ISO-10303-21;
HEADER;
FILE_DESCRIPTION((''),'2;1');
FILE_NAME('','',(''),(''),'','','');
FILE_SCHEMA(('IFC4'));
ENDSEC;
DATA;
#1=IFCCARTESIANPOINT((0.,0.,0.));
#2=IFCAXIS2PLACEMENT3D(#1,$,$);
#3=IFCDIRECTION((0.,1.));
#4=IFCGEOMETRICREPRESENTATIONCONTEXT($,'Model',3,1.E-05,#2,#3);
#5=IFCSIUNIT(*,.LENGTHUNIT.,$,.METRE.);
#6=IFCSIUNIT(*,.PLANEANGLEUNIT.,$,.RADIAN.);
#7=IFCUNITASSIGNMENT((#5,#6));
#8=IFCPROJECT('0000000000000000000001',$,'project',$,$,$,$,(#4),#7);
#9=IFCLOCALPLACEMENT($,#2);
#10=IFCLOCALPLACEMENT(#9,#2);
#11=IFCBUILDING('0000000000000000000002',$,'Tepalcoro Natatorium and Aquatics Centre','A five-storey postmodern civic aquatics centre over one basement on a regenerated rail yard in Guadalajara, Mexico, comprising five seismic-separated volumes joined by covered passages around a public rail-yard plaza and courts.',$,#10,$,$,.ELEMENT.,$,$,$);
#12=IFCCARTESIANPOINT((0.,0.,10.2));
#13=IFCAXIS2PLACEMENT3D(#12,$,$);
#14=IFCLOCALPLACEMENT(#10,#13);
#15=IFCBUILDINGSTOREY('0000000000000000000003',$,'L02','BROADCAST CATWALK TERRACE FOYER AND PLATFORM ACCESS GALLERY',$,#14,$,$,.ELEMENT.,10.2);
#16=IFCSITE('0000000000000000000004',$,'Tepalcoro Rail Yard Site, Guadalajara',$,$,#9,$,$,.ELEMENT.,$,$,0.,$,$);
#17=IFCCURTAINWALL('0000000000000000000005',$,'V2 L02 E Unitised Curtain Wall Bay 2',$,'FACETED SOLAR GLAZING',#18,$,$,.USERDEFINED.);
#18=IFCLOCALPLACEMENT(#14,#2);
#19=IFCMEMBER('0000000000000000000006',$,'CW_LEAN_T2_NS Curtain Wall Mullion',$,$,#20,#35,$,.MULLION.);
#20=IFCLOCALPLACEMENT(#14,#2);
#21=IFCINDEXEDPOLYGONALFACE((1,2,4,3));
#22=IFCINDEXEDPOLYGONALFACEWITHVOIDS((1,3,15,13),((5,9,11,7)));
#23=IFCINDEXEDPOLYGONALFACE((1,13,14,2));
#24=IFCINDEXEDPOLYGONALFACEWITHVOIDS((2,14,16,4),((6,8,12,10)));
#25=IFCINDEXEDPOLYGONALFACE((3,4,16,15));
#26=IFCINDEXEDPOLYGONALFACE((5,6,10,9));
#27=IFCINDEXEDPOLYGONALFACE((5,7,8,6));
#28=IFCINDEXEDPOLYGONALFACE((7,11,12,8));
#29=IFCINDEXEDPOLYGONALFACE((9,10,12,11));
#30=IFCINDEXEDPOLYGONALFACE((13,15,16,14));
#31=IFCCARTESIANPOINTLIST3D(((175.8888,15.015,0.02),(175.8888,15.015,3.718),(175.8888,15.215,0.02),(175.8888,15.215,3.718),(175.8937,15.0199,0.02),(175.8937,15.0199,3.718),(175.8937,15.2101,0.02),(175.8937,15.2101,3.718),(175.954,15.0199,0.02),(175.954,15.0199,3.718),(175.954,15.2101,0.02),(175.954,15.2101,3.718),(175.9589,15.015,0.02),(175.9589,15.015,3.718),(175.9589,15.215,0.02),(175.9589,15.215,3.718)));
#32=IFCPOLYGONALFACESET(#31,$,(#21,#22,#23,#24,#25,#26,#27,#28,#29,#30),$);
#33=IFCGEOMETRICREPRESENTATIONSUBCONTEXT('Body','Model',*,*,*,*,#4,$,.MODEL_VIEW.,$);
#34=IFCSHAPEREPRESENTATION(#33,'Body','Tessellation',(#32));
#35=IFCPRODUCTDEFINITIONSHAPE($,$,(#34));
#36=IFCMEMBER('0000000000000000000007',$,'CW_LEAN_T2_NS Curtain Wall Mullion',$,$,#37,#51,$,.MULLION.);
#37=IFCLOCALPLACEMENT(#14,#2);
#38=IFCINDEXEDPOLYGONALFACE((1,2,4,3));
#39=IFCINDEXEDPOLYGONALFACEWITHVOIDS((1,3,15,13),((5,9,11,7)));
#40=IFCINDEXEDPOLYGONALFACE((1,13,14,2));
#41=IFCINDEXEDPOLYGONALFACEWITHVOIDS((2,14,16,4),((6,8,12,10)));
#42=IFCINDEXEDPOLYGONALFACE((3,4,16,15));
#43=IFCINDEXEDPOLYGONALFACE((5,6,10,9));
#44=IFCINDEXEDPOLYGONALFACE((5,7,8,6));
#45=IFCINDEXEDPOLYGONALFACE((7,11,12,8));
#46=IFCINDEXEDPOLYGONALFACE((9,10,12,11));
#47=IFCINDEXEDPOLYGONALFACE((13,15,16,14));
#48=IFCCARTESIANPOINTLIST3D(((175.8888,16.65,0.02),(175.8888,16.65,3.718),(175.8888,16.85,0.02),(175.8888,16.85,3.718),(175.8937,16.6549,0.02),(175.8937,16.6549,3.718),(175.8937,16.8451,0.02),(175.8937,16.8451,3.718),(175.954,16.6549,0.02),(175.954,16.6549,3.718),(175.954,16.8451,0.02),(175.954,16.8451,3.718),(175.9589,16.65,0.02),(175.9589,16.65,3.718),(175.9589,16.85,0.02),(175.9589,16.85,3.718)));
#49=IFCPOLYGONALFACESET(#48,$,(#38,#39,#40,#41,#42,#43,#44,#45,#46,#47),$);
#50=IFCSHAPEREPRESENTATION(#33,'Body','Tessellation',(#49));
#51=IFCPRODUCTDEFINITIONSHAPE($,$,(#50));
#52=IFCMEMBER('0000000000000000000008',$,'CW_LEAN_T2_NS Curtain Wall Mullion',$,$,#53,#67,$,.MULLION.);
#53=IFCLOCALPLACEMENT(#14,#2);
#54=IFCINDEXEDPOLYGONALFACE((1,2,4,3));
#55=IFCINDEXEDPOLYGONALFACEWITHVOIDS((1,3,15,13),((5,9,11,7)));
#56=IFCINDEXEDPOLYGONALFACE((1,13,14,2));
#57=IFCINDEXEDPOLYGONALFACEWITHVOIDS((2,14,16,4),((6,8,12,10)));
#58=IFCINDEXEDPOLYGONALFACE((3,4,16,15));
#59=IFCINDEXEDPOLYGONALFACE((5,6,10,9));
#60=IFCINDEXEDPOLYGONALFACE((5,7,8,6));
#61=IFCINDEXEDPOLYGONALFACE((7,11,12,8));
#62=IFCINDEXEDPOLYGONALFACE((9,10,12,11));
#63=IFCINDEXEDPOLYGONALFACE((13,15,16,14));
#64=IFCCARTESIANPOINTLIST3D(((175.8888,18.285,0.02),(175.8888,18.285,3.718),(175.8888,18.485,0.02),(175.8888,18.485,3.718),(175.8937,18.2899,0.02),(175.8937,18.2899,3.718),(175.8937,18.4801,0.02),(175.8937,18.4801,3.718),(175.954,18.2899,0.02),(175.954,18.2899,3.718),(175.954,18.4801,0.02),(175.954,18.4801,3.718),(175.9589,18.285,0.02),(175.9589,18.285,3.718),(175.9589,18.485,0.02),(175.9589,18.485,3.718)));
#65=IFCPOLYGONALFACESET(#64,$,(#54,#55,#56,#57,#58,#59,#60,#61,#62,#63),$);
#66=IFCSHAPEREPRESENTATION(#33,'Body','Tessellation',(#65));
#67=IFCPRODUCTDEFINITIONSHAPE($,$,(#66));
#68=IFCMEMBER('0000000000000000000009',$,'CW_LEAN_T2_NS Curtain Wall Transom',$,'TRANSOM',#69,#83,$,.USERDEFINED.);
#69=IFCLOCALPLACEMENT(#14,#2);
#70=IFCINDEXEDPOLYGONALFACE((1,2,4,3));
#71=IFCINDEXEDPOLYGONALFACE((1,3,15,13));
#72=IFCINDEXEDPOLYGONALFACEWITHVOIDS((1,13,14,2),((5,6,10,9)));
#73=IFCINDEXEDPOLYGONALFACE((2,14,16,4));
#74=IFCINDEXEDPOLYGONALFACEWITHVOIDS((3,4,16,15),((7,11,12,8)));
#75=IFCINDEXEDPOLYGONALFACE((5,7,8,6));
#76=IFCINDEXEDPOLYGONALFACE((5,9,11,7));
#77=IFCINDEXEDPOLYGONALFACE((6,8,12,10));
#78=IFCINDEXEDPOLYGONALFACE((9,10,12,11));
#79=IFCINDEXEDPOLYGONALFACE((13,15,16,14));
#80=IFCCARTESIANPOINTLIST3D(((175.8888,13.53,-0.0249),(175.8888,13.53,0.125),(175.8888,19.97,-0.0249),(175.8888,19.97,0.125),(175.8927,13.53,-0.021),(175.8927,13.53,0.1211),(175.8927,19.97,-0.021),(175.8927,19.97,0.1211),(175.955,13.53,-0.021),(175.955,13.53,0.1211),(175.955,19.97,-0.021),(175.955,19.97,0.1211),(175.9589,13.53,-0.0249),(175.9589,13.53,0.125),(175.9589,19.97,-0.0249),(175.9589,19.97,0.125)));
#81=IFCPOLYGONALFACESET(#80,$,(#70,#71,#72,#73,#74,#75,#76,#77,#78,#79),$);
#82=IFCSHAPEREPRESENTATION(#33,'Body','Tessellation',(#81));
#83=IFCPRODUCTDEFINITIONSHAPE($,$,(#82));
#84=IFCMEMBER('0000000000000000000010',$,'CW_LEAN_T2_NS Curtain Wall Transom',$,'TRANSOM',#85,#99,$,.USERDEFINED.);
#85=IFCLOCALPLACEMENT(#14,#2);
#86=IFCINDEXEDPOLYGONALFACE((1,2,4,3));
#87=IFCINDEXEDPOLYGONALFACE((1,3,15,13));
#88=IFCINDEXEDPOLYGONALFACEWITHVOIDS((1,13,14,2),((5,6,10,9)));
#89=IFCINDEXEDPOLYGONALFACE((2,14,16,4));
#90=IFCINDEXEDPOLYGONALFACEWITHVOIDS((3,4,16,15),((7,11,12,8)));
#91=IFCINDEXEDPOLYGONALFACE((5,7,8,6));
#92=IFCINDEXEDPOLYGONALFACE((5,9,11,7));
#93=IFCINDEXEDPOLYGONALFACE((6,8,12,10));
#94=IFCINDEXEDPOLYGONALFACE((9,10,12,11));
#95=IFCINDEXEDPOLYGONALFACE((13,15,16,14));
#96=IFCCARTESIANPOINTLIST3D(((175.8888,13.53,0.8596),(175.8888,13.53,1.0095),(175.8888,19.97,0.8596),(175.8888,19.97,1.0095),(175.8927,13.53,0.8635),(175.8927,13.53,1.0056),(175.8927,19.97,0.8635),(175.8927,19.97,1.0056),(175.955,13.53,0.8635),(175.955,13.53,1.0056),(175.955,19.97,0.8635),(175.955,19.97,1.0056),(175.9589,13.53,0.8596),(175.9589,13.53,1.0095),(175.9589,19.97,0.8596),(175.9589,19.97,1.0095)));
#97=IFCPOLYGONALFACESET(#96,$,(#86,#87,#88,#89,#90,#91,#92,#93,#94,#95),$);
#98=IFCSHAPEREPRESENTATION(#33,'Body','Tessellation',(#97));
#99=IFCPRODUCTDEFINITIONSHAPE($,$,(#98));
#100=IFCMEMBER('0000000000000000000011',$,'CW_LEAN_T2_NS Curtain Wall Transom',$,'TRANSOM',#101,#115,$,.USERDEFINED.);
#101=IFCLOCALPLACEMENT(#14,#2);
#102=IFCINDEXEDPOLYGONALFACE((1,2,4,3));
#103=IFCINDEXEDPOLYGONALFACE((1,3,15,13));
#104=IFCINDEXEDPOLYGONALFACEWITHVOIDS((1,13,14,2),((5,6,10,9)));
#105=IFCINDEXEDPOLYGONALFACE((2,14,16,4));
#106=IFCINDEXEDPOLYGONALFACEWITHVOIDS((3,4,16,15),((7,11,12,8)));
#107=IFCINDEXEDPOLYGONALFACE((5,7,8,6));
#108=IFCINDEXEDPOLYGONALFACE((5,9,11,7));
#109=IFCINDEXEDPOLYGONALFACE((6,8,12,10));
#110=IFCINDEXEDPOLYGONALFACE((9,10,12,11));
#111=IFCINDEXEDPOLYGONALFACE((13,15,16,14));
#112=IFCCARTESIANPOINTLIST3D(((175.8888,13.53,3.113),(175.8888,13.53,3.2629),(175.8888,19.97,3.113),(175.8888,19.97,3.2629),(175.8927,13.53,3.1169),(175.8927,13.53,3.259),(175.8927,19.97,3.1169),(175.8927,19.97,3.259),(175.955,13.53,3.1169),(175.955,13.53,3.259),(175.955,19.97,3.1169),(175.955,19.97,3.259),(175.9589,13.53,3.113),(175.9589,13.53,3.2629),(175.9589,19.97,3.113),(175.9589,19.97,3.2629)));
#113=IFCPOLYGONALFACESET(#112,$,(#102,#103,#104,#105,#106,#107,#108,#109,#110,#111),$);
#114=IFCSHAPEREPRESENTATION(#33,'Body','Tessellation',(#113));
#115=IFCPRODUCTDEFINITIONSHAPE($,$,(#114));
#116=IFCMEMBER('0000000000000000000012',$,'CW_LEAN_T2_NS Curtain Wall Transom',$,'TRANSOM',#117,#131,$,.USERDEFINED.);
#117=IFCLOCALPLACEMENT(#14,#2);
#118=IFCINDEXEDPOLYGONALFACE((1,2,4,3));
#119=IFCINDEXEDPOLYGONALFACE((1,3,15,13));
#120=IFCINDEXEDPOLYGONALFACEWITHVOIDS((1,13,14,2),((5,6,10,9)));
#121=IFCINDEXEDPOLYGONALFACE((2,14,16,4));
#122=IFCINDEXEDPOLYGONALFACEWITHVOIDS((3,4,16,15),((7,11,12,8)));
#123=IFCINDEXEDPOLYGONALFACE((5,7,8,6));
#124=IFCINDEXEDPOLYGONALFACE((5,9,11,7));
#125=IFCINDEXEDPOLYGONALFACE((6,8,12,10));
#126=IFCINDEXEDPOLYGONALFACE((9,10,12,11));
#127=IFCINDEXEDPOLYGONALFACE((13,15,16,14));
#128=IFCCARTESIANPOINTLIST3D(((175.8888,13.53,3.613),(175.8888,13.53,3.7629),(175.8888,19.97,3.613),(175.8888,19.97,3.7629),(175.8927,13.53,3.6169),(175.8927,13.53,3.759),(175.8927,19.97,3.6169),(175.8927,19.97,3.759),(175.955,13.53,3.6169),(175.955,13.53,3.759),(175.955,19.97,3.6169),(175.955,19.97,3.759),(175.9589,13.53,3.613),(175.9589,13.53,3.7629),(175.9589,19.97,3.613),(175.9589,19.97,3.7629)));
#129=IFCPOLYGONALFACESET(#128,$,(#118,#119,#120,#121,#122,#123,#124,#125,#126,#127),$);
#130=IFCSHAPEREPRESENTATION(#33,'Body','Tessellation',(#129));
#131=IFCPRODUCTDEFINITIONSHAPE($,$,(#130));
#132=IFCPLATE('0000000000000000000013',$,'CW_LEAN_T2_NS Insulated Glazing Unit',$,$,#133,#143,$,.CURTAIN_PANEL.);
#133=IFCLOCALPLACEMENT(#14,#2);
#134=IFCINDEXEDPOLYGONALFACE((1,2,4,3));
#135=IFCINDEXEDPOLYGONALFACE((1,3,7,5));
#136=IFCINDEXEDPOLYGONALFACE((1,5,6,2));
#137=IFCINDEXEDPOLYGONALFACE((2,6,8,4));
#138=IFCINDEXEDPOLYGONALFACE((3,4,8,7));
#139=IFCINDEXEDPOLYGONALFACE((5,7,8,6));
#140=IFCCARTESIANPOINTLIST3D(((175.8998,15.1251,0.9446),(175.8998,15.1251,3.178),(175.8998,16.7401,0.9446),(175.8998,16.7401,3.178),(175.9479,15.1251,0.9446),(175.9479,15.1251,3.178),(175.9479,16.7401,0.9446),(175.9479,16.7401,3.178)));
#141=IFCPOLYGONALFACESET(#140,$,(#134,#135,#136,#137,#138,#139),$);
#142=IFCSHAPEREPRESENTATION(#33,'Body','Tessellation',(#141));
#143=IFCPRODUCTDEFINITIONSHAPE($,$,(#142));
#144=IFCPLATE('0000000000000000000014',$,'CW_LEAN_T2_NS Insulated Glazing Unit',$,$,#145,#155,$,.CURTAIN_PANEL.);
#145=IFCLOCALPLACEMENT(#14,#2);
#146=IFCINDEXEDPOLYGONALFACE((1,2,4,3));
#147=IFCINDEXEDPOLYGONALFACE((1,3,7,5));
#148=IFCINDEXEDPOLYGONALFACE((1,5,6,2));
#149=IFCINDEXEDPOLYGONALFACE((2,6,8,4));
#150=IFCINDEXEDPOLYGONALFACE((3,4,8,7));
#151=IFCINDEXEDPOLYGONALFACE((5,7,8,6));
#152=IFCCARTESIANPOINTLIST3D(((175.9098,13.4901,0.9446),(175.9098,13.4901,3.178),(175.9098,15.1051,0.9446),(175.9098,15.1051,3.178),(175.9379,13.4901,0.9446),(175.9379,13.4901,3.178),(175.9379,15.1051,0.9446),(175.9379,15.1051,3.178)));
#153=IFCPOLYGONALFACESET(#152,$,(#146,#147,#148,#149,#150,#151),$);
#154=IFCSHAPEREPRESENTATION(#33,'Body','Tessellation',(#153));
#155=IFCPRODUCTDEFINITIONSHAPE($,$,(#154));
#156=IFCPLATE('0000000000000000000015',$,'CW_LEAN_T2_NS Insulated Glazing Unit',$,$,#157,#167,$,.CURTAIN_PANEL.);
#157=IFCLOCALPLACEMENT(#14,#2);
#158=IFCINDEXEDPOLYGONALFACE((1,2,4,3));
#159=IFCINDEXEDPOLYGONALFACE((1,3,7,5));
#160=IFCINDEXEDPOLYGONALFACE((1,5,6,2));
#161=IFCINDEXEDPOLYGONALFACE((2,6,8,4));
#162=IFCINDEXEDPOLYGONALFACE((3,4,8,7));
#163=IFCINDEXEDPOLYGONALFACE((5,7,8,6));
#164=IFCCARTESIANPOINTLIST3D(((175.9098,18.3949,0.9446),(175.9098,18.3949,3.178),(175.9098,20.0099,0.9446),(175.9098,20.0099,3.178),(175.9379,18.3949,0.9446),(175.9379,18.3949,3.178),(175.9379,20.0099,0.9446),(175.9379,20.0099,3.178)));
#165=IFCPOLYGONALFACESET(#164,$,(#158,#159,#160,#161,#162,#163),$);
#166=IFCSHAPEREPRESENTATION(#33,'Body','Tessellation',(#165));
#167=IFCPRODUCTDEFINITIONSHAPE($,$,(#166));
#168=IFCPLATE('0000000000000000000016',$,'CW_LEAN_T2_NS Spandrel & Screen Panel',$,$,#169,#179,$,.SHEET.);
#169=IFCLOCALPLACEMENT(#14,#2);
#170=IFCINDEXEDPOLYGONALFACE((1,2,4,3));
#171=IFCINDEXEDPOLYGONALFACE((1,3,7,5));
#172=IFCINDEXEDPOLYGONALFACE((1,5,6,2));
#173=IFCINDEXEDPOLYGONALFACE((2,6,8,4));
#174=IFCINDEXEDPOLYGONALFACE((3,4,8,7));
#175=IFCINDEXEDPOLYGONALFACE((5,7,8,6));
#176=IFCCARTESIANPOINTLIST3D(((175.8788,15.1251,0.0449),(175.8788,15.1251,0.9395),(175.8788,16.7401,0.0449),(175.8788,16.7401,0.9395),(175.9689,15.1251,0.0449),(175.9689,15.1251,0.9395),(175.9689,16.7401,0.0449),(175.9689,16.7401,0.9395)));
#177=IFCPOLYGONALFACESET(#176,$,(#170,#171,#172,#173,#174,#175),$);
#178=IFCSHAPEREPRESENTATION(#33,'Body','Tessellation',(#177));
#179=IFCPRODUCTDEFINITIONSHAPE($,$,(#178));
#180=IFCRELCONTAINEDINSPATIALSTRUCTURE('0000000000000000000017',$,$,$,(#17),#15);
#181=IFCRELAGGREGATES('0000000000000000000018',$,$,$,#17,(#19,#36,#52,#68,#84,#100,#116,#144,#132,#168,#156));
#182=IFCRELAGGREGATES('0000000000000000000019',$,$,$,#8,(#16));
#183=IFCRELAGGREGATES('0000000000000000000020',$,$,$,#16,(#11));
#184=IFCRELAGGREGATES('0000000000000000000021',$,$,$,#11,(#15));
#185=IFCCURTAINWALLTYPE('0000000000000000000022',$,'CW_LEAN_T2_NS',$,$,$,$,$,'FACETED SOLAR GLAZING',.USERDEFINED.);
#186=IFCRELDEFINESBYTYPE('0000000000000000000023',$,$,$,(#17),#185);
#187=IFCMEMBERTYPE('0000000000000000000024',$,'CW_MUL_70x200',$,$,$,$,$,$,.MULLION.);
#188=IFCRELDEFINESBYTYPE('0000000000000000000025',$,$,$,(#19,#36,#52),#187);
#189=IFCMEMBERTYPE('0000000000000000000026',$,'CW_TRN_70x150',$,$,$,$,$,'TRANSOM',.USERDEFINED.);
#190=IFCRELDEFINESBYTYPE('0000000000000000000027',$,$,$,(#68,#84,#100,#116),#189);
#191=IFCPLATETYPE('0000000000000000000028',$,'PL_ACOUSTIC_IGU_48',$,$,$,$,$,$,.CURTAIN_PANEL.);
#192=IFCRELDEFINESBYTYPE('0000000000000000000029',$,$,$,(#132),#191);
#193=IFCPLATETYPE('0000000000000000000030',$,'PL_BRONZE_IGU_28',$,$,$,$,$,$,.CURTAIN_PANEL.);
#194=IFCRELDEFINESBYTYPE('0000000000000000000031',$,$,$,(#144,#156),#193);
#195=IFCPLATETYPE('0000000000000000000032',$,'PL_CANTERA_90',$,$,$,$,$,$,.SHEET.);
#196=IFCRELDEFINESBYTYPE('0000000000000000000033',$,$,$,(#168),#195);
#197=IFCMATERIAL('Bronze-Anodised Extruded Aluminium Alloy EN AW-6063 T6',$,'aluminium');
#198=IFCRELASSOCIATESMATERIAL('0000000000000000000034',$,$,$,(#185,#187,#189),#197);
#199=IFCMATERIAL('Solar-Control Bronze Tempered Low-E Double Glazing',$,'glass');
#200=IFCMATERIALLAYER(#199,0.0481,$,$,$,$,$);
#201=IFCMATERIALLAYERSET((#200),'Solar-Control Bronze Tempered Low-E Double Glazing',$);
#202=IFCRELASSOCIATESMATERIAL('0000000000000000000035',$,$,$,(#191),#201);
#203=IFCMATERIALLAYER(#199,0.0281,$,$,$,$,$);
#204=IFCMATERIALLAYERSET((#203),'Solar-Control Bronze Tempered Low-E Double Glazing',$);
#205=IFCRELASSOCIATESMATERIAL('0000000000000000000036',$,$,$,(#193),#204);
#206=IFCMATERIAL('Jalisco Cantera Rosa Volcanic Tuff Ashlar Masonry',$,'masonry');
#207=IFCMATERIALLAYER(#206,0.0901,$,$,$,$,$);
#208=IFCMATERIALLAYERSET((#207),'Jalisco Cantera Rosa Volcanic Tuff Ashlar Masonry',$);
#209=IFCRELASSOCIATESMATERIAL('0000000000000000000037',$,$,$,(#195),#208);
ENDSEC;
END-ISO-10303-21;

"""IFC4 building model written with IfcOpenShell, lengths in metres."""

from ifc_helpers import new_model, si_unit, direction, frame, origin, origin_2d, place, context, subcontext, project, spatial, rectangle, hollow_rectangle, extrude, material, layer, layer_set, material_profile, profile_set, type_object, element, aggregate, save


model = new_model("IFC4")

# Units and contexts
model_context = context("Model", 3, precision=1e-05, world=origin(), true_north=direction((0.0, 1.0)))
body_context = subcontext(model_context, "Body", "Model", "MODEL_VIEW")
ifc_project = project(units=[si_unit("LENGTHUNIT", "METRE"), si_unit("PLANEANGLEUNIT", "RADIAN")], contexts=[model_context])

# Site, building, storey
site_placement = place(None, origin())
site = spatial("IfcSite", under=ifc_project, at=site_placement, Name="Tepalcoro Rail Yard Site, Guadalajara", CompositionType="ELEMENT", RefElevation=0.0)
building_placement = place(site_placement, origin())
building = spatial("IfcBuilding", under=site, at=building_placement, Name="Tepalcoro Natatorium and Aquatics Centre", Description="A five-storey postmodern civic aquatics centre over one basement on a regenerated rail yard in Guadalajara, Mexico, comprising five seismic-separated volumes joined by covered passages around a public rail-yard plaza and courts.", CompositionType="ELEMENT")
storey_placement = place(building_placement, frame((0.0, 0.0, 10.2)))
storey = spatial("IfcBuildingStorey", under=building, at=storey_placement, Name="L02", Description="BROADCAST CATWALK TERRACE FOYER AND PLATFORM ACCESS GALLERY", CompositionType="ELEMENT", Elevation=10.2)

# Curtain wall, members, plates
ifc_material_1 = material(Name="Bronze-Anodised Extruded Aluminium Alloy EN AW-6063 T6", Category="aluminium")
curtain_wall_type = type_object("IfcCurtainWallType", Name="CW_LEAN_T2_NS", ElementType="FACETED SOLAR GLAZING", PredefinedType="USERDEFINED", material=ifc_material_1)
curtain_wall_placement = place(storey_placement, origin())
curtain_wall = element("IfcCurtainWall", 1, at=curtain_wall_placement, inside=storey, type_object=curtain_wall_type, Name="V2 L02 E Unitised Curtain Wall Bay 2", ObjectType="FACETED SOLAR GLAZING", PredefinedType="USERDEFINED")
ifc_material_profile_1 = material_profile(ifc_material_1, hollow_rectangle(XDim=0.0701, YDim=0.2, WallThickness=0.0049, at=origin_2d()), Name="AL70X200X5")
ifc_profile_set_1 = profile_set([ifc_material_profile_1], Name="Bronze-Anodised Extruded Aluminium Alloy EN AW-6063 T6")
member_type_1 = type_object("IfcMemberType", Name="CW_MUL_70x200", PredefinedType="MULLION", material=ifc_profile_set_1)
member_1_placement = place(storey_placement, frame((175.9238, 15.115, 0.02), z_axis=(0.0, 0.0, 1.0), x_axis=(1.0, 0.0, 0.0)))
member_1 = element("IfcMember", 2, at=member_1_placement, type_object=member_type_1, Name="CW_LEAN_T2_NS Curtain Wall Mullion", PredefinedType="MULLION", context=body_context, shape_type="SweptSolid", body=[
    extrude(hollow_rectangle(XDim=0.0701, YDim=0.2, WallThickness=0.0049, at=origin_2d()), origin(), (0.0, 0.0, 1.0), 3.698),
])
member_2_placement = place(storey_placement, frame((175.9238, 16.75, 0.02), z_axis=(0.0, 0.0, 1.0), x_axis=(1.0, 0.0, 0.0)))
member_2 = element("IfcMember", 3, at=member_2_placement, type_object=member_type_1, Name="CW_LEAN_T2_NS Curtain Wall Mullion", PredefinedType="MULLION", context=body_context, shape_type="SweptSolid", body=[
    extrude(hollow_rectangle(XDim=0.0701, YDim=0.2, WallThickness=0.0049, at=origin_2d()), origin(), (0.0, 0.0, 1.0), 3.698),
])
member_3_placement = place(storey_placement, frame((175.9238, 18.385, 0.02), z_axis=(0.0, 0.0, 1.0), x_axis=(1.0, 0.0, 0.0)))
member_3 = element("IfcMember", 4, at=member_3_placement, type_object=member_type_1, Name="CW_LEAN_T2_NS Curtain Wall Mullion", PredefinedType="MULLION", context=body_context, shape_type="SweptSolid", body=[
    extrude(hollow_rectangle(XDim=0.0701, YDim=0.2, WallThickness=0.0049, at=origin_2d()), origin(), (0.0, 0.0, 1.0), 3.698),
])
ifc_material_profile_2 = material_profile(ifc_material_1, hollow_rectangle(XDim=0.0701, YDim=0.1499, WallThickness=0.0039, at=origin_2d()), Name="AL70X150X4")
ifc_profile_set_2 = profile_set([ifc_material_profile_2], Name="Bronze-Anodised Extruded Aluminium Alloy EN AW-6063 T6")
member_type_2 = type_object("IfcMemberType", Name="CW_TRN_70x150", ElementType="TRANSOM", PredefinedType="USERDEFINED", material=ifc_profile_set_2)
member_4_placement = place(storey_placement, frame((175.9238, 13.53, 0.05), z_axis=(0.0, 1.0, 0.0), x_axis=(-1.0, 0.0, 0.0)))
member_4 = element("IfcMember", 5, at=member_4_placement, type_object=member_type_2, Name="CW_LEAN_T2_NS Curtain Wall Transom", ObjectType="TRANSOM", PredefinedType="USERDEFINED", context=body_context, shape_type="SweptSolid", body=[
    extrude(hollow_rectangle(XDim=0.0701, YDim=0.1499, WallThickness=0.0039, at=origin_2d()), origin(), (0.0, 0.0, 1.0), 6.4399),
])
member_5_placement = place(storey_placement, frame((175.9238, 13.53, 0.9346), z_axis=(0.0, 1.0, 0.0), x_axis=(-1.0, 0.0, 0.0)))
member_5 = element("IfcMember", 6, at=member_5_placement, type_object=member_type_2, Name="CW_LEAN_T2_NS Curtain Wall Transom", ObjectType="TRANSOM", PredefinedType="USERDEFINED", context=body_context, shape_type="SweptSolid", body=[
    extrude(hollow_rectangle(XDim=0.0701, YDim=0.1499, WallThickness=0.0039, at=origin_2d()), origin(), (0.0, 0.0, 1.0), 6.4399),
])
member_6_placement = place(storey_placement, frame((175.9238, 13.53, 3.188), z_axis=(0.0, 1.0, 0.0), x_axis=(-1.0, 0.0, 0.0)))
member_6 = element("IfcMember", 7, at=member_6_placement, type_object=member_type_2, Name="CW_LEAN_T2_NS Curtain Wall Transom", ObjectType="TRANSOM", PredefinedType="USERDEFINED", context=body_context, shape_type="SweptSolid", body=[
    extrude(hollow_rectangle(XDim=0.0701, YDim=0.1499, WallThickness=0.0039, at=origin_2d()), origin(), (0.0, 0.0, 1.0), 6.4399),
])
member_7_placement = place(storey_placement, frame((175.9238, 13.53, 3.688), z_axis=(0.0, 1.0, 0.0), x_axis=(-1.0, 0.0, 0.0)))
member_7 = element("IfcMember", 8, at=member_7_placement, type_object=member_type_2, Name="CW_LEAN_T2_NS Curtain Wall Transom", ObjectType="TRANSOM", PredefinedType="USERDEFINED", context=body_context, shape_type="SweptSolid", body=[
    extrude(hollow_rectangle(XDim=0.0701, YDim=0.1499, WallThickness=0.0039, at=origin_2d()), origin(), (0.0, 0.0, 1.0), 6.4399),
])
ifc_material_2 = material(Name="Solar-Control Bronze Tempered Low-E Double Glazing", Category="glass")
ifc_layer_1 = layer(ifc_material_2, 0.0481)
ifc_layer_set_1 = layer_set([ifc_layer_1], Name="Solar-Control Bronze Tempered Low-E Double Glazing")
plate_type_1 = type_object("IfcPlateType", Name="PL_ACOUSTIC_IGU_48", PredefinedType="CURTAIN_PANEL", material=ifc_layer_set_1)
plate_1_placement = place(storey_placement, frame((175.9238, 15.9326, 0.9446), z_axis=(0.0, 0.0, 1.0), x_axis=(1.0, 0.0, 0.0)))
plate_1 = element("IfcPlate", 9, at=plate_1_placement, type_object=plate_type_1, Name="CW_LEAN_T2_NS Insulated Glazing Unit", PredefinedType="CURTAIN_PANEL", context=body_context, shape_type="SweptSolid", body=[
    extrude(rectangle(XDim=0.0481, YDim=1.615, at=origin_2d()), origin(), (0.0, 0.0, 1.0), 2.2334),
])
ifc_layer_2 = layer(ifc_material_2, 0.0281)
ifc_layer_set_2 = layer_set([ifc_layer_2], Name="Solar-Control Bronze Tempered Low-E Double Glazing")
plate_type_2 = type_object("IfcPlateType", Name="PL_BRONZE_IGU_28", PredefinedType="CURTAIN_PANEL", material=ifc_layer_set_2)
plate_2_placement = place(storey_placement, frame((175.9238, 14.2976, 0.9446), z_axis=(0.0, 0.0, 1.0), x_axis=(1.0, 0.0, 0.0)))
plate_2 = element("IfcPlate", 10, at=plate_2_placement, type_object=plate_type_2, Name="CW_LEAN_T2_NS Insulated Glazing Unit", PredefinedType="CURTAIN_PANEL", context=body_context, shape_type="SweptSolid", body=[
    extrude(rectangle(XDim=0.0281, YDim=1.615, at=origin_2d()), origin(), (0.0, 0.0, 1.0), 2.2334),
])
plate_3_placement = place(storey_placement, frame((175.9238, 19.2024, 0.9446), z_axis=(0.0, 0.0, 1.0), x_axis=(1.0, 0.0, 0.0)))
plate_3 = element("IfcPlate", 11, at=plate_3_placement, type_object=plate_type_2, Name="CW_LEAN_T2_NS Insulated Glazing Unit", PredefinedType="CURTAIN_PANEL", context=body_context, shape_type="SweptSolid", body=[
    extrude(rectangle(XDim=0.0281, YDim=1.615, at=origin_2d()), origin(), (0.0, 0.0, 1.0), 2.2334),
])
ifc_material_3 = material(Name="Jalisco Cantera Rosa Volcanic Tuff Ashlar Masonry", Category="masonry")
ifc_layer_3 = layer(ifc_material_3, 0.0901)
ifc_layer_set_3 = layer_set([ifc_layer_3], Name="Jalisco Cantera Rosa Volcanic Tuff Ashlar Masonry")
plate_type_3 = type_object("IfcPlateType", Name="PL_CANTERA_90", PredefinedType="SHEET", material=ifc_layer_set_3)
plate_4_placement = place(storey_placement, frame((175.9238, 15.9326, 0.0449), z_axis=(0.0, 0.0, 1.0), x_axis=(1.0, 0.0, 0.0)))
plate_4 = element("IfcPlate", 12, at=plate_4_placement, type_object=plate_type_3, Name="CW_LEAN_T2_NS Spandrel & Screen Panel", PredefinedType="SHEET", context=body_context, shape_type="SweptSolid", body=[
    extrude(rectangle(XDim=0.0901, YDim=1.615, at=origin_2d()), origin(), (0.0, 0.0, 1.0), 0.8945),
])
aggregate(curtain_wall, [member_1, member_2, member_3, member_4, member_5, member_6, member_7, plate_2, plate_1, plate_4, plate_3])

save(model, "model.ifc")
